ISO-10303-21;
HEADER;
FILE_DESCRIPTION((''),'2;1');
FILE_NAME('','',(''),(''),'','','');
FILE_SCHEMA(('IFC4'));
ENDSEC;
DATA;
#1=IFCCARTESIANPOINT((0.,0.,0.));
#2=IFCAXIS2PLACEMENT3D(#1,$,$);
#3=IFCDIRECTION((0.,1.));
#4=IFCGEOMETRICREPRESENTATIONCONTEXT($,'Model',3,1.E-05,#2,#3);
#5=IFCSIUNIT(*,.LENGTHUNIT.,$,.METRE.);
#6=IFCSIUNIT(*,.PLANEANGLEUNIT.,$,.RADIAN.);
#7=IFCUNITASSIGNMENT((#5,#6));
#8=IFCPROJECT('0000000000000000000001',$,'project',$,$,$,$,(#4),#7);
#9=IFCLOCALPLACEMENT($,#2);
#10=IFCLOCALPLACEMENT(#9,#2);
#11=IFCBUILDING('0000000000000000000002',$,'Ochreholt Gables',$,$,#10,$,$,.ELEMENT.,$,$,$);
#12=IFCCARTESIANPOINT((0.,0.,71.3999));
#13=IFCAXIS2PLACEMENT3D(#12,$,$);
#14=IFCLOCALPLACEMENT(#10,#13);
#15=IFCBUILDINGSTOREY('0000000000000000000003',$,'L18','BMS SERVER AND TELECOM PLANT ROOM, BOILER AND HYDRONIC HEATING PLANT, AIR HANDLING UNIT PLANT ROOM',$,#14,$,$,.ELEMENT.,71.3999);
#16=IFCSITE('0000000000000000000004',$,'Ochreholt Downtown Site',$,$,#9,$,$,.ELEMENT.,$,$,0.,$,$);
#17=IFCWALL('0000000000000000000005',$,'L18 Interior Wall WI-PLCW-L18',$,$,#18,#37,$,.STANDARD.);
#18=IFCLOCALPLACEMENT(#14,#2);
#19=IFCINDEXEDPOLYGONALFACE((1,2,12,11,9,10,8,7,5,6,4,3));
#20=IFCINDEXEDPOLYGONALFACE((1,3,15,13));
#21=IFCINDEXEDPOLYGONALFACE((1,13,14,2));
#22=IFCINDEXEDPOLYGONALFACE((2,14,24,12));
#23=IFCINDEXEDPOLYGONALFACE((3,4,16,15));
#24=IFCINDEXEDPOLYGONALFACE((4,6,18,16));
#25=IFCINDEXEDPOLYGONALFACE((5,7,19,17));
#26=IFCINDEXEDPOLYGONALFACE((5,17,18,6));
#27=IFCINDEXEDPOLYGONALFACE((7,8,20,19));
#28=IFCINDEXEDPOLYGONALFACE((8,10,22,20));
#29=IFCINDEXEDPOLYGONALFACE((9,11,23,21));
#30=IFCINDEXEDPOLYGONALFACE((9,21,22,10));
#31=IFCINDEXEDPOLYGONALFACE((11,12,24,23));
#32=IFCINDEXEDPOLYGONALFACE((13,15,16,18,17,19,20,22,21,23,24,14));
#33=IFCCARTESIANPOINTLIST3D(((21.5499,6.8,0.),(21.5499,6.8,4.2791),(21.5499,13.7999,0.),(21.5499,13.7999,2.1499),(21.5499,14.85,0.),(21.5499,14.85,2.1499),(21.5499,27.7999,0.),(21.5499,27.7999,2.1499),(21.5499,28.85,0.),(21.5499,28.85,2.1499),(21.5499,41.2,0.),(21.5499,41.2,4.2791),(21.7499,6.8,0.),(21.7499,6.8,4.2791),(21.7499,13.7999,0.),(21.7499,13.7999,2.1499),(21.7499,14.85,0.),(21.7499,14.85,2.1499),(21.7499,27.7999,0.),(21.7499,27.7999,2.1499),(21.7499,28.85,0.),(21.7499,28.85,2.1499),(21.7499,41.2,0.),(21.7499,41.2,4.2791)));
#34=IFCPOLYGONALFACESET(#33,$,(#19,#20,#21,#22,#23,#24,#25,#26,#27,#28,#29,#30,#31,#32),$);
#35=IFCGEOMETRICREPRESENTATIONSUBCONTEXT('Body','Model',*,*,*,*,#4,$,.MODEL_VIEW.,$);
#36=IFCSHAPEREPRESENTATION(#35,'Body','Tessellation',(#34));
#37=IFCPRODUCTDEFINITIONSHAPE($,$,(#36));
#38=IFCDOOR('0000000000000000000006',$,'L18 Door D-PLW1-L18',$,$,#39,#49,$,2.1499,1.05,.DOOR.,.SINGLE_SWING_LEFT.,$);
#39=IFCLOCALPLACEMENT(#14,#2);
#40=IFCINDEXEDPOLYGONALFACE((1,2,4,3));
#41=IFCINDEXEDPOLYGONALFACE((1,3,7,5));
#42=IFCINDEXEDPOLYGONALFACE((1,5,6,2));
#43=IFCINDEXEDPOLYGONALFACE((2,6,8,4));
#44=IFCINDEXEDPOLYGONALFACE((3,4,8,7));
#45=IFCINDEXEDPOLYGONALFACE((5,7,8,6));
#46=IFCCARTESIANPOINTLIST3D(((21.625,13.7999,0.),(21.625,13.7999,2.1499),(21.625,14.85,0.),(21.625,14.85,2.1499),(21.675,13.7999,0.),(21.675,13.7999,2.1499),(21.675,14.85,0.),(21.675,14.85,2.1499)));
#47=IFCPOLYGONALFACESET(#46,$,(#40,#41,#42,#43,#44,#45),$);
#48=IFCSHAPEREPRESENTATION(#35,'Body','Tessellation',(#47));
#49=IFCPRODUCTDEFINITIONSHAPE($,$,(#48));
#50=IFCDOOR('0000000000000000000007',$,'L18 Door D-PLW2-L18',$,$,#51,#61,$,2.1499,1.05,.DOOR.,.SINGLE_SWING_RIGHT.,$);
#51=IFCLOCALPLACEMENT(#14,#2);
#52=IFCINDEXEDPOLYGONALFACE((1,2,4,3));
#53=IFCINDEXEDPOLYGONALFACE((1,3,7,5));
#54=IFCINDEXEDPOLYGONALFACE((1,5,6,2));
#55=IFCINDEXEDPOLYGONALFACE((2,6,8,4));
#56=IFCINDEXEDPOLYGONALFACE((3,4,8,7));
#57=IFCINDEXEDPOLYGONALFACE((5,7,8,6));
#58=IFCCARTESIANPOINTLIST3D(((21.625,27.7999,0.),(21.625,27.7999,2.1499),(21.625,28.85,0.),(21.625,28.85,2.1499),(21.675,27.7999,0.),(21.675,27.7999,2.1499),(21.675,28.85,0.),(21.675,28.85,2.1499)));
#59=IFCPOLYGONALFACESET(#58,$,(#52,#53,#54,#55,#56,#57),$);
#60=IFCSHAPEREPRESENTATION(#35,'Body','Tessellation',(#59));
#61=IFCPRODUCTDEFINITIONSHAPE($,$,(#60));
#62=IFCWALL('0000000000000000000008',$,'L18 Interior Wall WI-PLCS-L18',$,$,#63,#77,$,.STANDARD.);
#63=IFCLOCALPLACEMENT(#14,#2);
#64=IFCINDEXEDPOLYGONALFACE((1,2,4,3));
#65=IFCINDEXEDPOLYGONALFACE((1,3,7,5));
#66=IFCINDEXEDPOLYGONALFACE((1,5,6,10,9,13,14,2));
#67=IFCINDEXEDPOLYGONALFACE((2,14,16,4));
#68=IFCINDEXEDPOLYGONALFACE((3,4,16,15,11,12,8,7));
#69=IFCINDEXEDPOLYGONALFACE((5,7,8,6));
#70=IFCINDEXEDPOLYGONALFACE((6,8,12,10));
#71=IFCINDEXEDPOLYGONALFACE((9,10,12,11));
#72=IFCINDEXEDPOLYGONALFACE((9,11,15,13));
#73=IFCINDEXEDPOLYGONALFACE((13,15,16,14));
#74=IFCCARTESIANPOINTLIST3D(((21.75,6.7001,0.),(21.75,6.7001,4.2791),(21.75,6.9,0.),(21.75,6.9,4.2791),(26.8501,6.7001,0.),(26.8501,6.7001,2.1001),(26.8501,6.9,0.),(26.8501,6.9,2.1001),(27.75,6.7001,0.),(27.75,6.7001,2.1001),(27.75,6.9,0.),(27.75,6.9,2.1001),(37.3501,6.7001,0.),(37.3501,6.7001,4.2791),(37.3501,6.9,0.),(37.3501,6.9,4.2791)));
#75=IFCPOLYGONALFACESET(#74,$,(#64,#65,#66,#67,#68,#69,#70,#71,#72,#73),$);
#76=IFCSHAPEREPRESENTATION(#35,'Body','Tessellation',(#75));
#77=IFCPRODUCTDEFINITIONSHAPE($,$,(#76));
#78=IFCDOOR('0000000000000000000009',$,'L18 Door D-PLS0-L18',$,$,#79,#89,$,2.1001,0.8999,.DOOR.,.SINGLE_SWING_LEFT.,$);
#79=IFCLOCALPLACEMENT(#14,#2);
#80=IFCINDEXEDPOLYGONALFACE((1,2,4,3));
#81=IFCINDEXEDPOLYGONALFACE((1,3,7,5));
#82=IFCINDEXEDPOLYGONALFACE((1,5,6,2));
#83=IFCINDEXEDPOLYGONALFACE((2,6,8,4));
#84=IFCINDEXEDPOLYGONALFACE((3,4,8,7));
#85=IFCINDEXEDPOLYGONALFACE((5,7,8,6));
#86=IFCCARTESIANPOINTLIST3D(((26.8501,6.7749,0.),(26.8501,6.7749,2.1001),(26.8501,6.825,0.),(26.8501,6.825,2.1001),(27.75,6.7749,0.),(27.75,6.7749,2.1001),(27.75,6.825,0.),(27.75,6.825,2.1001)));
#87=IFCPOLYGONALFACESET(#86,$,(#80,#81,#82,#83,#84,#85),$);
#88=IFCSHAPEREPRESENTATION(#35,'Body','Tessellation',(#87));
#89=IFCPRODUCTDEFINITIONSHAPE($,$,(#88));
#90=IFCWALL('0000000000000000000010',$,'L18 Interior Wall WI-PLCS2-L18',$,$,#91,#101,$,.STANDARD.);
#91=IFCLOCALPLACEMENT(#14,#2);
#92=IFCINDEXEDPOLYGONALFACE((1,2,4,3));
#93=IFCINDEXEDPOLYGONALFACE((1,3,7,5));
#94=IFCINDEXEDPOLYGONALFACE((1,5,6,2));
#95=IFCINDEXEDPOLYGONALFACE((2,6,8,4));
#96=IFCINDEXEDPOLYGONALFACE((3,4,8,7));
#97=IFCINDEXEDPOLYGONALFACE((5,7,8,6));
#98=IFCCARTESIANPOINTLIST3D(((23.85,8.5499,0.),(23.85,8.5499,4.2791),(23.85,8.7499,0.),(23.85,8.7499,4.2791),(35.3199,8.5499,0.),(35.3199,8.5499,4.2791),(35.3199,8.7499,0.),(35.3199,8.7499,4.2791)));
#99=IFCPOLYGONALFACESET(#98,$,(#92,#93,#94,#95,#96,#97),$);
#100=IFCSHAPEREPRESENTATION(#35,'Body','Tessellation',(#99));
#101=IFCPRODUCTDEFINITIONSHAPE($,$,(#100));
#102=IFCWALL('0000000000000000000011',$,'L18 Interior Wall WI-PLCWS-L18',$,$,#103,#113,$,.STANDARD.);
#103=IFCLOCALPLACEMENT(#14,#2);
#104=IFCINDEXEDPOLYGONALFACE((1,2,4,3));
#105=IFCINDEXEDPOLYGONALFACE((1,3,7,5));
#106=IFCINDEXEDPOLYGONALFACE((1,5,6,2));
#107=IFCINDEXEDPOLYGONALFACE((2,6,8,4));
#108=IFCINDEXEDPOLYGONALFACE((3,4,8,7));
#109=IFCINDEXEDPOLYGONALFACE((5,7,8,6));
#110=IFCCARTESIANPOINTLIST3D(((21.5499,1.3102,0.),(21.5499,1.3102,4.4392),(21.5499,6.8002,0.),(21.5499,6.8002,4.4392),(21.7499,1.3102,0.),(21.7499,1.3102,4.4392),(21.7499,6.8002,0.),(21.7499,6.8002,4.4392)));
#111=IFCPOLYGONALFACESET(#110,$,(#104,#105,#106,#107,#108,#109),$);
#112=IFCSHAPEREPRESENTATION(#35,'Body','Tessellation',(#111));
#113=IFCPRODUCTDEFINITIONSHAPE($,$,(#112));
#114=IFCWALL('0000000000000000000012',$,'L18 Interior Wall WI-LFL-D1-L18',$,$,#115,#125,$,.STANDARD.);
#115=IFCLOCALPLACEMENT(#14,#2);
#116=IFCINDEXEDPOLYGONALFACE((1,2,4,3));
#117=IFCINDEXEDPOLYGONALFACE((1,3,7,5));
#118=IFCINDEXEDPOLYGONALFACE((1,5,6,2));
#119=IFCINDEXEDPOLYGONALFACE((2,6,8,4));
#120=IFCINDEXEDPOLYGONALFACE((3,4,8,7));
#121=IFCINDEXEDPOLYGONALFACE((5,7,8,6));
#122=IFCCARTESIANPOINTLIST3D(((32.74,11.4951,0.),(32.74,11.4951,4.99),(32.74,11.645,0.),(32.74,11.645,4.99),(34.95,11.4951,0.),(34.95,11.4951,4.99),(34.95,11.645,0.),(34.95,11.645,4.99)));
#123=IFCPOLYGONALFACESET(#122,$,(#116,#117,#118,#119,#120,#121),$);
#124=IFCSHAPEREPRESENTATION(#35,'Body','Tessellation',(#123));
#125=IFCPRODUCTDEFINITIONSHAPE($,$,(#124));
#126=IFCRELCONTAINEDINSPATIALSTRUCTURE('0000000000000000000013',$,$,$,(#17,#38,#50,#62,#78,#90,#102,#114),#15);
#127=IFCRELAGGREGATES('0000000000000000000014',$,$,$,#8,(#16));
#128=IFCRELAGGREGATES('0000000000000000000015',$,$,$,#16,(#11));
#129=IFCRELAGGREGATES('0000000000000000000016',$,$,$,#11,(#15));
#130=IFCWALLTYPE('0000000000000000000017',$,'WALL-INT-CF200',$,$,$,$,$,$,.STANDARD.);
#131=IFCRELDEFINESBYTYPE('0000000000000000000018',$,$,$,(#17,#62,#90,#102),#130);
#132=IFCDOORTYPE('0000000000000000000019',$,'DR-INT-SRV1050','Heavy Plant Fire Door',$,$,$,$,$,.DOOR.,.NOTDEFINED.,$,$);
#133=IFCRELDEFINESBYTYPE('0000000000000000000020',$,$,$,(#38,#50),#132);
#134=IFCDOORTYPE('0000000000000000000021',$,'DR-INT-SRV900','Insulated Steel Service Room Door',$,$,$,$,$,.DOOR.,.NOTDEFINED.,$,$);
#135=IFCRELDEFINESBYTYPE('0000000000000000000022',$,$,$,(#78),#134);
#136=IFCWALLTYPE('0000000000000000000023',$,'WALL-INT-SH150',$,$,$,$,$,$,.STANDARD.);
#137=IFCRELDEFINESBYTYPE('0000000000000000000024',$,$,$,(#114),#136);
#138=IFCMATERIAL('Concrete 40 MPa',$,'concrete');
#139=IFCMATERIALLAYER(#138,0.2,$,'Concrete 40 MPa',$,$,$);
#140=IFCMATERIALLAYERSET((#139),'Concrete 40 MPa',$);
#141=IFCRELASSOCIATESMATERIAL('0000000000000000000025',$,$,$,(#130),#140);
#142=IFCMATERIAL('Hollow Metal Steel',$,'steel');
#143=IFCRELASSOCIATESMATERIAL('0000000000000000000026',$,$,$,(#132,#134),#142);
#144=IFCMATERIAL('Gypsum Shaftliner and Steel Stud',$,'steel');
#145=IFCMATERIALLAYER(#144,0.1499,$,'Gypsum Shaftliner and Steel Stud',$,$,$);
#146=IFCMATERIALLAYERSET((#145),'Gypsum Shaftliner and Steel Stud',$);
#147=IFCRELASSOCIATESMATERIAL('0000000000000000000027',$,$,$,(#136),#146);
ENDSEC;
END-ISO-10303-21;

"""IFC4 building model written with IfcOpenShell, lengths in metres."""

from ifc_helpers import new_model, si_unit, direction, frame, frame_2d, origin, place, context, subcontext, project, spatial, rectangle, extrude, material, layer, layer_set, type_object, element, fill, save


model = new_model("IFC4")

# Units and contexts
model_context = context("Model", 3, precision=1e-05, world=origin(), true_north=direction((0.0, 1.0)))
body_context = subcontext(model_context, "Body", "Model", "MODEL_VIEW")
ifc_project = project(units=[si_unit("LENGTHUNIT", "METRE"), si_unit("PLANEANGLEUNIT", "RADIAN")], contexts=[model_context])

# Site, building, storey
site_placement = place(None, origin())
site = spatial("IfcSite", under=ifc_project, at=site_placement, Name="Ochreholt Downtown Site", CompositionType="ELEMENT", RefElevation=0.0)
building_placement = place(site_placement, origin())
building = spatial("IfcBuilding", under=site, at=building_placement, Name="Ochreholt Gables", CompositionType="ELEMENT")
storey_placement = place(building_placement, frame((0.0, 0.0, 71.3999)))
storey = spatial("IfcBuildingStorey", under=building, at=storey_placement, Name="L18", Description="BMS SERVER AND TELECOM PLANT ROOM, BOILER AND HYDRONIC HEATING PLANT, AIR HANDLING UNIT PLANT ROOM", CompositionType="ELEMENT", Elevation=71.3999)

# Wall, openings, doors
ifc_material_1 = material(Name="Concrete 40 MPa", Category="concrete")
ifc_layer_1 = layer(ifc_material_1, 0.2, Name="Concrete 40 MPa")
ifc_layer_set_1 = layer_set([ifc_layer_1], Name="Concrete 40 MPa")
wall_type_1 = type_object("IfcWallType", Name="WALL-INT-CF200", PredefinedType="STANDARD", material=ifc_layer_set_1)
wall_1_placement = place(storey_placement, frame((21.6499, 6.8, 0.0), z_axis=(0.0, 0.0, 1.0), x_axis=(0.0, 1.0, 0.0)))
wall_1 = element("IfcWall", 1, at=wall_1_placement, inside=storey, type_object=wall_type_1, Name="L18 Interior Wall WI-PLCW-L18", PredefinedType="STANDARD", context=body_context, shape_type="SweptSolid", body=[
    extrude(rectangle(XDim=34.3999, YDim=0.2, at=frame_2d((17.2, 0.0))), origin(), (0.0, 0.0, 1.0), 4.2791),
])
opening_1_placement = place(wall_1_placement, frame((7.0, 0.0, 0.0)))
opening_1 = element("IfcOpeningElement", 2, at=opening_1_placement, cuts=wall_1, PredefinedType="OPENING", context=body_context, shape_type="SweptSolid", body=[
    extrude(rectangle(XDim=1.05, YDim=2.1499, at=frame_2d((0.5249, 1.075))), frame((0.0, 0.1099, 0.0), z_axis=(0.0, -1.0, 0.0), x_axis=(1.0, 0.0, 0.0)), (0.0, 0.0, 1.0), 0.22),
])
opening_2_placement = place(wall_1_placement, frame((21.0, 0.0, 0.0)))
opening_2 = element("IfcOpeningElement", 3, at=opening_2_placement, cuts=wall_1, PredefinedType="OPENING", context=body_context, shape_type="SweptSolid", body=[
    extrude(rectangle(XDim=1.05, YDim=2.1499, at=frame_2d((0.5249, 1.075))), frame((0.0, 0.1099, 0.0), z_axis=(0.0, -1.0, 0.0), x_axis=(1.0, 0.0, 0.0)), (0.0, 0.0, 1.0), 0.22),
])
ifc_material_2 = material(Name="Hollow Metal Steel", Category="steel")
door_type_1 = type_object("IfcDoorType", Name="DR-INT-SRV1050", Description="Heavy Plant Fire Door", OperationType="NOTDEFINED", PredefinedType="DOOR", material=ifc_material_2)
door_1_placement = place(opening_1_placement, origin())
door_1 = element("IfcDoor", 4, at=door_1_placement, inside=storey, type_object=door_type_1, Name="L18 Door D-PLW1-L18", OperationType="SINGLE_SWING_LEFT", OverallHeight=2.1499, OverallWidth=1.05, PredefinedType="DOOR", context=body_context, shape_type="SweptSolid", body=[
    extrude(rectangle(XDim=1.05, YDim=2.1499, at=frame_2d((0.5249, 1.075))), frame((0.0, 0.0249, 0.0), z_axis=(0.0, -1.0, 0.0), x_axis=(1.0, 0.0, 0.0)), (0.0, 0.0, 1.0), 0.05),
])
fill(opening_1, door_1)
door_2_placement = place(opening_2_placement, origin())
door_2 = element("IfcDoor", 5, at=door_2_placement, inside=storey, type_object=door_type_1, Name="L18 Door D-PLW2-L18", OperationType="SINGLE_SWING_RIGHT", OverallHeight=2.1499, OverallWidth=1.05, PredefinedType="DOOR", context=body_context, shape_type="SweptSolid", body=[
    extrude(rectangle(XDim=1.05, YDim=2.1499, at=frame_2d((0.5249, 1.075))), frame((0.0, 0.0249, 0.0), z_axis=(0.0, -1.0, 0.0), x_axis=(1.0, 0.0, 0.0)), (0.0, 0.0, 1.0), 0.05),
])
fill(opening_2, door_2)

# Wall, opening, door
wall_2_placement = place(storey_placement, frame((21.75, 6.8, 0.0), z_axis=(0.0, 0.0, 1.0), x_axis=(1.0, 0.0, 0.0)))
wall_2 = element("IfcWall", 6, at=wall_2_placement, inside=storey, type_object=wall_type_1, Name="L18 Interior Wall WI-PLCS-L18", PredefinedType="STANDARD", context=body_context, shape_type="SweptSolid", body=[
    extrude(rectangle(XDim=15.6001, YDim=0.2, at=frame_2d((7.8, 0.0))), origin(), (0.0, 0.0, 1.0), 4.2791),
])
opening_3_placement = place(wall_2_placement, frame((5.1001, 0.0, 0.0)))
opening_3 = element("IfcOpeningElement", 7, at=opening_3_placement, cuts=wall_2, PredefinedType="OPENING", context=body_context, shape_type="SweptSolid", body=[
    extrude(rectangle(XDim=0.8999, YDim=2.1001, at=frame_2d((0.45, 1.05))), frame((0.0, 0.1099, 0.0), z_axis=(0.0, -1.0, 0.0), x_axis=(1.0, 0.0, 0.0)), (0.0, 0.0, 1.0), 0.22),
])
door_type_2 = type_object("IfcDoorType", Name="DR-INT-SRV900", Description="Insulated Steel Service Room Door", OperationType="NOTDEFINED", PredefinedType="DOOR", material=ifc_material_2)
door_3_placement = place(opening_3_placement, origin())
door_3 = element("IfcDoor", 8, at=door_3_placement, inside=storey, type_object=door_type_2, Name="L18 Door D-PLS0-L18", OperationType="SINGLE_SWING_LEFT", OverallHeight=2.1001, OverallWidth=0.8999, PredefinedType="DOOR", context=body_context, shape_type="SweptSolid", body=[
    extrude(rectangle(XDim=0.8999, YDim=2.1001, at=frame_2d((0.45, 1.05))), frame((0.0, 0.0249, 0.0), z_axis=(0.0, -1.0, 0.0), x_axis=(1.0, 0.0, 0.0)), (0.0, 0.0, 1.0), 0.05),
])
fill(opening_3, door_3)

# Walls
wall_3_placement = place(storey_placement, frame((23.8501, 8.6499, 0.0), z_axis=(0.0, 0.0, 1.0), x_axis=(1.0, 0.0, 0.0)))
element("IfcWall", 9, at=wall_3_placement, inside=storey, type_object=wall_type_1, Name="L18 Interior Wall WI-PLCS2-L18", PredefinedType="STANDARD", context=body_context, shape_type="SweptSolid", body=[
    extrude(rectangle(XDim=11.47, YDim=0.2, at=frame_2d((5.7349, 0.0))), origin(), (0.0, 0.0, 1.0), 4.2791),
])
wall_4_placement = place(storey_placement, frame((21.6499, 1.3101, 0.0), z_axis=(0.0, 0.0, 1.0), x_axis=(0.0, 1.0, 0.0)))
element("IfcWall", 10, at=wall_4_placement, inside=storey, type_object=wall_type_1, Name="L18 Interior Wall WI-PLCWS-L18", PredefinedType="STANDARD", context=body_context, shape_type="SweptSolid", body=[
    extrude(rectangle(XDim=5.49, YDim=0.2, at=frame_2d((2.7451, 0.0))), origin(), (0.0, 0.0, 1.0), 4.4392),
])
ifc_material_3 = material(Name="Gypsum Shaftliner and Steel Stud", Category="steel")
ifc_layer_2 = layer(ifc_material_3, 0.1499, Name="Gypsum Shaftliner and Steel Stud")
ifc_layer_set_2 = layer_set([ifc_layer_2], Name="Gypsum Shaftliner and Steel Stud")
wall_type_2 = type_object("IfcWallType", Name="WALL-INT-SH150", PredefinedType="STANDARD", material=ifc_layer_set_2)
wall_5_placement = place(storey_placement, frame((32.74, 11.5701, 0.0), z_axis=(0.0, 0.0, 1.0), x_axis=(1.0, 0.0, 0.0)))
element("IfcWall", 11, at=wall_5_placement, inside=storey, type_object=wall_type_2, Name="L18 Interior Wall WI-LFL-D1-L18", PredefinedType="STANDARD", context=body_context, shape_type="SweptSolid", body=[
    extrude(rectangle(XDim=2.21, YDim=0.1499, at=frame_2d((1.105, 0.0))), origin(), (0.0, 0.0, 1.0), 4.99),
])

save(model, "model.ifc")
